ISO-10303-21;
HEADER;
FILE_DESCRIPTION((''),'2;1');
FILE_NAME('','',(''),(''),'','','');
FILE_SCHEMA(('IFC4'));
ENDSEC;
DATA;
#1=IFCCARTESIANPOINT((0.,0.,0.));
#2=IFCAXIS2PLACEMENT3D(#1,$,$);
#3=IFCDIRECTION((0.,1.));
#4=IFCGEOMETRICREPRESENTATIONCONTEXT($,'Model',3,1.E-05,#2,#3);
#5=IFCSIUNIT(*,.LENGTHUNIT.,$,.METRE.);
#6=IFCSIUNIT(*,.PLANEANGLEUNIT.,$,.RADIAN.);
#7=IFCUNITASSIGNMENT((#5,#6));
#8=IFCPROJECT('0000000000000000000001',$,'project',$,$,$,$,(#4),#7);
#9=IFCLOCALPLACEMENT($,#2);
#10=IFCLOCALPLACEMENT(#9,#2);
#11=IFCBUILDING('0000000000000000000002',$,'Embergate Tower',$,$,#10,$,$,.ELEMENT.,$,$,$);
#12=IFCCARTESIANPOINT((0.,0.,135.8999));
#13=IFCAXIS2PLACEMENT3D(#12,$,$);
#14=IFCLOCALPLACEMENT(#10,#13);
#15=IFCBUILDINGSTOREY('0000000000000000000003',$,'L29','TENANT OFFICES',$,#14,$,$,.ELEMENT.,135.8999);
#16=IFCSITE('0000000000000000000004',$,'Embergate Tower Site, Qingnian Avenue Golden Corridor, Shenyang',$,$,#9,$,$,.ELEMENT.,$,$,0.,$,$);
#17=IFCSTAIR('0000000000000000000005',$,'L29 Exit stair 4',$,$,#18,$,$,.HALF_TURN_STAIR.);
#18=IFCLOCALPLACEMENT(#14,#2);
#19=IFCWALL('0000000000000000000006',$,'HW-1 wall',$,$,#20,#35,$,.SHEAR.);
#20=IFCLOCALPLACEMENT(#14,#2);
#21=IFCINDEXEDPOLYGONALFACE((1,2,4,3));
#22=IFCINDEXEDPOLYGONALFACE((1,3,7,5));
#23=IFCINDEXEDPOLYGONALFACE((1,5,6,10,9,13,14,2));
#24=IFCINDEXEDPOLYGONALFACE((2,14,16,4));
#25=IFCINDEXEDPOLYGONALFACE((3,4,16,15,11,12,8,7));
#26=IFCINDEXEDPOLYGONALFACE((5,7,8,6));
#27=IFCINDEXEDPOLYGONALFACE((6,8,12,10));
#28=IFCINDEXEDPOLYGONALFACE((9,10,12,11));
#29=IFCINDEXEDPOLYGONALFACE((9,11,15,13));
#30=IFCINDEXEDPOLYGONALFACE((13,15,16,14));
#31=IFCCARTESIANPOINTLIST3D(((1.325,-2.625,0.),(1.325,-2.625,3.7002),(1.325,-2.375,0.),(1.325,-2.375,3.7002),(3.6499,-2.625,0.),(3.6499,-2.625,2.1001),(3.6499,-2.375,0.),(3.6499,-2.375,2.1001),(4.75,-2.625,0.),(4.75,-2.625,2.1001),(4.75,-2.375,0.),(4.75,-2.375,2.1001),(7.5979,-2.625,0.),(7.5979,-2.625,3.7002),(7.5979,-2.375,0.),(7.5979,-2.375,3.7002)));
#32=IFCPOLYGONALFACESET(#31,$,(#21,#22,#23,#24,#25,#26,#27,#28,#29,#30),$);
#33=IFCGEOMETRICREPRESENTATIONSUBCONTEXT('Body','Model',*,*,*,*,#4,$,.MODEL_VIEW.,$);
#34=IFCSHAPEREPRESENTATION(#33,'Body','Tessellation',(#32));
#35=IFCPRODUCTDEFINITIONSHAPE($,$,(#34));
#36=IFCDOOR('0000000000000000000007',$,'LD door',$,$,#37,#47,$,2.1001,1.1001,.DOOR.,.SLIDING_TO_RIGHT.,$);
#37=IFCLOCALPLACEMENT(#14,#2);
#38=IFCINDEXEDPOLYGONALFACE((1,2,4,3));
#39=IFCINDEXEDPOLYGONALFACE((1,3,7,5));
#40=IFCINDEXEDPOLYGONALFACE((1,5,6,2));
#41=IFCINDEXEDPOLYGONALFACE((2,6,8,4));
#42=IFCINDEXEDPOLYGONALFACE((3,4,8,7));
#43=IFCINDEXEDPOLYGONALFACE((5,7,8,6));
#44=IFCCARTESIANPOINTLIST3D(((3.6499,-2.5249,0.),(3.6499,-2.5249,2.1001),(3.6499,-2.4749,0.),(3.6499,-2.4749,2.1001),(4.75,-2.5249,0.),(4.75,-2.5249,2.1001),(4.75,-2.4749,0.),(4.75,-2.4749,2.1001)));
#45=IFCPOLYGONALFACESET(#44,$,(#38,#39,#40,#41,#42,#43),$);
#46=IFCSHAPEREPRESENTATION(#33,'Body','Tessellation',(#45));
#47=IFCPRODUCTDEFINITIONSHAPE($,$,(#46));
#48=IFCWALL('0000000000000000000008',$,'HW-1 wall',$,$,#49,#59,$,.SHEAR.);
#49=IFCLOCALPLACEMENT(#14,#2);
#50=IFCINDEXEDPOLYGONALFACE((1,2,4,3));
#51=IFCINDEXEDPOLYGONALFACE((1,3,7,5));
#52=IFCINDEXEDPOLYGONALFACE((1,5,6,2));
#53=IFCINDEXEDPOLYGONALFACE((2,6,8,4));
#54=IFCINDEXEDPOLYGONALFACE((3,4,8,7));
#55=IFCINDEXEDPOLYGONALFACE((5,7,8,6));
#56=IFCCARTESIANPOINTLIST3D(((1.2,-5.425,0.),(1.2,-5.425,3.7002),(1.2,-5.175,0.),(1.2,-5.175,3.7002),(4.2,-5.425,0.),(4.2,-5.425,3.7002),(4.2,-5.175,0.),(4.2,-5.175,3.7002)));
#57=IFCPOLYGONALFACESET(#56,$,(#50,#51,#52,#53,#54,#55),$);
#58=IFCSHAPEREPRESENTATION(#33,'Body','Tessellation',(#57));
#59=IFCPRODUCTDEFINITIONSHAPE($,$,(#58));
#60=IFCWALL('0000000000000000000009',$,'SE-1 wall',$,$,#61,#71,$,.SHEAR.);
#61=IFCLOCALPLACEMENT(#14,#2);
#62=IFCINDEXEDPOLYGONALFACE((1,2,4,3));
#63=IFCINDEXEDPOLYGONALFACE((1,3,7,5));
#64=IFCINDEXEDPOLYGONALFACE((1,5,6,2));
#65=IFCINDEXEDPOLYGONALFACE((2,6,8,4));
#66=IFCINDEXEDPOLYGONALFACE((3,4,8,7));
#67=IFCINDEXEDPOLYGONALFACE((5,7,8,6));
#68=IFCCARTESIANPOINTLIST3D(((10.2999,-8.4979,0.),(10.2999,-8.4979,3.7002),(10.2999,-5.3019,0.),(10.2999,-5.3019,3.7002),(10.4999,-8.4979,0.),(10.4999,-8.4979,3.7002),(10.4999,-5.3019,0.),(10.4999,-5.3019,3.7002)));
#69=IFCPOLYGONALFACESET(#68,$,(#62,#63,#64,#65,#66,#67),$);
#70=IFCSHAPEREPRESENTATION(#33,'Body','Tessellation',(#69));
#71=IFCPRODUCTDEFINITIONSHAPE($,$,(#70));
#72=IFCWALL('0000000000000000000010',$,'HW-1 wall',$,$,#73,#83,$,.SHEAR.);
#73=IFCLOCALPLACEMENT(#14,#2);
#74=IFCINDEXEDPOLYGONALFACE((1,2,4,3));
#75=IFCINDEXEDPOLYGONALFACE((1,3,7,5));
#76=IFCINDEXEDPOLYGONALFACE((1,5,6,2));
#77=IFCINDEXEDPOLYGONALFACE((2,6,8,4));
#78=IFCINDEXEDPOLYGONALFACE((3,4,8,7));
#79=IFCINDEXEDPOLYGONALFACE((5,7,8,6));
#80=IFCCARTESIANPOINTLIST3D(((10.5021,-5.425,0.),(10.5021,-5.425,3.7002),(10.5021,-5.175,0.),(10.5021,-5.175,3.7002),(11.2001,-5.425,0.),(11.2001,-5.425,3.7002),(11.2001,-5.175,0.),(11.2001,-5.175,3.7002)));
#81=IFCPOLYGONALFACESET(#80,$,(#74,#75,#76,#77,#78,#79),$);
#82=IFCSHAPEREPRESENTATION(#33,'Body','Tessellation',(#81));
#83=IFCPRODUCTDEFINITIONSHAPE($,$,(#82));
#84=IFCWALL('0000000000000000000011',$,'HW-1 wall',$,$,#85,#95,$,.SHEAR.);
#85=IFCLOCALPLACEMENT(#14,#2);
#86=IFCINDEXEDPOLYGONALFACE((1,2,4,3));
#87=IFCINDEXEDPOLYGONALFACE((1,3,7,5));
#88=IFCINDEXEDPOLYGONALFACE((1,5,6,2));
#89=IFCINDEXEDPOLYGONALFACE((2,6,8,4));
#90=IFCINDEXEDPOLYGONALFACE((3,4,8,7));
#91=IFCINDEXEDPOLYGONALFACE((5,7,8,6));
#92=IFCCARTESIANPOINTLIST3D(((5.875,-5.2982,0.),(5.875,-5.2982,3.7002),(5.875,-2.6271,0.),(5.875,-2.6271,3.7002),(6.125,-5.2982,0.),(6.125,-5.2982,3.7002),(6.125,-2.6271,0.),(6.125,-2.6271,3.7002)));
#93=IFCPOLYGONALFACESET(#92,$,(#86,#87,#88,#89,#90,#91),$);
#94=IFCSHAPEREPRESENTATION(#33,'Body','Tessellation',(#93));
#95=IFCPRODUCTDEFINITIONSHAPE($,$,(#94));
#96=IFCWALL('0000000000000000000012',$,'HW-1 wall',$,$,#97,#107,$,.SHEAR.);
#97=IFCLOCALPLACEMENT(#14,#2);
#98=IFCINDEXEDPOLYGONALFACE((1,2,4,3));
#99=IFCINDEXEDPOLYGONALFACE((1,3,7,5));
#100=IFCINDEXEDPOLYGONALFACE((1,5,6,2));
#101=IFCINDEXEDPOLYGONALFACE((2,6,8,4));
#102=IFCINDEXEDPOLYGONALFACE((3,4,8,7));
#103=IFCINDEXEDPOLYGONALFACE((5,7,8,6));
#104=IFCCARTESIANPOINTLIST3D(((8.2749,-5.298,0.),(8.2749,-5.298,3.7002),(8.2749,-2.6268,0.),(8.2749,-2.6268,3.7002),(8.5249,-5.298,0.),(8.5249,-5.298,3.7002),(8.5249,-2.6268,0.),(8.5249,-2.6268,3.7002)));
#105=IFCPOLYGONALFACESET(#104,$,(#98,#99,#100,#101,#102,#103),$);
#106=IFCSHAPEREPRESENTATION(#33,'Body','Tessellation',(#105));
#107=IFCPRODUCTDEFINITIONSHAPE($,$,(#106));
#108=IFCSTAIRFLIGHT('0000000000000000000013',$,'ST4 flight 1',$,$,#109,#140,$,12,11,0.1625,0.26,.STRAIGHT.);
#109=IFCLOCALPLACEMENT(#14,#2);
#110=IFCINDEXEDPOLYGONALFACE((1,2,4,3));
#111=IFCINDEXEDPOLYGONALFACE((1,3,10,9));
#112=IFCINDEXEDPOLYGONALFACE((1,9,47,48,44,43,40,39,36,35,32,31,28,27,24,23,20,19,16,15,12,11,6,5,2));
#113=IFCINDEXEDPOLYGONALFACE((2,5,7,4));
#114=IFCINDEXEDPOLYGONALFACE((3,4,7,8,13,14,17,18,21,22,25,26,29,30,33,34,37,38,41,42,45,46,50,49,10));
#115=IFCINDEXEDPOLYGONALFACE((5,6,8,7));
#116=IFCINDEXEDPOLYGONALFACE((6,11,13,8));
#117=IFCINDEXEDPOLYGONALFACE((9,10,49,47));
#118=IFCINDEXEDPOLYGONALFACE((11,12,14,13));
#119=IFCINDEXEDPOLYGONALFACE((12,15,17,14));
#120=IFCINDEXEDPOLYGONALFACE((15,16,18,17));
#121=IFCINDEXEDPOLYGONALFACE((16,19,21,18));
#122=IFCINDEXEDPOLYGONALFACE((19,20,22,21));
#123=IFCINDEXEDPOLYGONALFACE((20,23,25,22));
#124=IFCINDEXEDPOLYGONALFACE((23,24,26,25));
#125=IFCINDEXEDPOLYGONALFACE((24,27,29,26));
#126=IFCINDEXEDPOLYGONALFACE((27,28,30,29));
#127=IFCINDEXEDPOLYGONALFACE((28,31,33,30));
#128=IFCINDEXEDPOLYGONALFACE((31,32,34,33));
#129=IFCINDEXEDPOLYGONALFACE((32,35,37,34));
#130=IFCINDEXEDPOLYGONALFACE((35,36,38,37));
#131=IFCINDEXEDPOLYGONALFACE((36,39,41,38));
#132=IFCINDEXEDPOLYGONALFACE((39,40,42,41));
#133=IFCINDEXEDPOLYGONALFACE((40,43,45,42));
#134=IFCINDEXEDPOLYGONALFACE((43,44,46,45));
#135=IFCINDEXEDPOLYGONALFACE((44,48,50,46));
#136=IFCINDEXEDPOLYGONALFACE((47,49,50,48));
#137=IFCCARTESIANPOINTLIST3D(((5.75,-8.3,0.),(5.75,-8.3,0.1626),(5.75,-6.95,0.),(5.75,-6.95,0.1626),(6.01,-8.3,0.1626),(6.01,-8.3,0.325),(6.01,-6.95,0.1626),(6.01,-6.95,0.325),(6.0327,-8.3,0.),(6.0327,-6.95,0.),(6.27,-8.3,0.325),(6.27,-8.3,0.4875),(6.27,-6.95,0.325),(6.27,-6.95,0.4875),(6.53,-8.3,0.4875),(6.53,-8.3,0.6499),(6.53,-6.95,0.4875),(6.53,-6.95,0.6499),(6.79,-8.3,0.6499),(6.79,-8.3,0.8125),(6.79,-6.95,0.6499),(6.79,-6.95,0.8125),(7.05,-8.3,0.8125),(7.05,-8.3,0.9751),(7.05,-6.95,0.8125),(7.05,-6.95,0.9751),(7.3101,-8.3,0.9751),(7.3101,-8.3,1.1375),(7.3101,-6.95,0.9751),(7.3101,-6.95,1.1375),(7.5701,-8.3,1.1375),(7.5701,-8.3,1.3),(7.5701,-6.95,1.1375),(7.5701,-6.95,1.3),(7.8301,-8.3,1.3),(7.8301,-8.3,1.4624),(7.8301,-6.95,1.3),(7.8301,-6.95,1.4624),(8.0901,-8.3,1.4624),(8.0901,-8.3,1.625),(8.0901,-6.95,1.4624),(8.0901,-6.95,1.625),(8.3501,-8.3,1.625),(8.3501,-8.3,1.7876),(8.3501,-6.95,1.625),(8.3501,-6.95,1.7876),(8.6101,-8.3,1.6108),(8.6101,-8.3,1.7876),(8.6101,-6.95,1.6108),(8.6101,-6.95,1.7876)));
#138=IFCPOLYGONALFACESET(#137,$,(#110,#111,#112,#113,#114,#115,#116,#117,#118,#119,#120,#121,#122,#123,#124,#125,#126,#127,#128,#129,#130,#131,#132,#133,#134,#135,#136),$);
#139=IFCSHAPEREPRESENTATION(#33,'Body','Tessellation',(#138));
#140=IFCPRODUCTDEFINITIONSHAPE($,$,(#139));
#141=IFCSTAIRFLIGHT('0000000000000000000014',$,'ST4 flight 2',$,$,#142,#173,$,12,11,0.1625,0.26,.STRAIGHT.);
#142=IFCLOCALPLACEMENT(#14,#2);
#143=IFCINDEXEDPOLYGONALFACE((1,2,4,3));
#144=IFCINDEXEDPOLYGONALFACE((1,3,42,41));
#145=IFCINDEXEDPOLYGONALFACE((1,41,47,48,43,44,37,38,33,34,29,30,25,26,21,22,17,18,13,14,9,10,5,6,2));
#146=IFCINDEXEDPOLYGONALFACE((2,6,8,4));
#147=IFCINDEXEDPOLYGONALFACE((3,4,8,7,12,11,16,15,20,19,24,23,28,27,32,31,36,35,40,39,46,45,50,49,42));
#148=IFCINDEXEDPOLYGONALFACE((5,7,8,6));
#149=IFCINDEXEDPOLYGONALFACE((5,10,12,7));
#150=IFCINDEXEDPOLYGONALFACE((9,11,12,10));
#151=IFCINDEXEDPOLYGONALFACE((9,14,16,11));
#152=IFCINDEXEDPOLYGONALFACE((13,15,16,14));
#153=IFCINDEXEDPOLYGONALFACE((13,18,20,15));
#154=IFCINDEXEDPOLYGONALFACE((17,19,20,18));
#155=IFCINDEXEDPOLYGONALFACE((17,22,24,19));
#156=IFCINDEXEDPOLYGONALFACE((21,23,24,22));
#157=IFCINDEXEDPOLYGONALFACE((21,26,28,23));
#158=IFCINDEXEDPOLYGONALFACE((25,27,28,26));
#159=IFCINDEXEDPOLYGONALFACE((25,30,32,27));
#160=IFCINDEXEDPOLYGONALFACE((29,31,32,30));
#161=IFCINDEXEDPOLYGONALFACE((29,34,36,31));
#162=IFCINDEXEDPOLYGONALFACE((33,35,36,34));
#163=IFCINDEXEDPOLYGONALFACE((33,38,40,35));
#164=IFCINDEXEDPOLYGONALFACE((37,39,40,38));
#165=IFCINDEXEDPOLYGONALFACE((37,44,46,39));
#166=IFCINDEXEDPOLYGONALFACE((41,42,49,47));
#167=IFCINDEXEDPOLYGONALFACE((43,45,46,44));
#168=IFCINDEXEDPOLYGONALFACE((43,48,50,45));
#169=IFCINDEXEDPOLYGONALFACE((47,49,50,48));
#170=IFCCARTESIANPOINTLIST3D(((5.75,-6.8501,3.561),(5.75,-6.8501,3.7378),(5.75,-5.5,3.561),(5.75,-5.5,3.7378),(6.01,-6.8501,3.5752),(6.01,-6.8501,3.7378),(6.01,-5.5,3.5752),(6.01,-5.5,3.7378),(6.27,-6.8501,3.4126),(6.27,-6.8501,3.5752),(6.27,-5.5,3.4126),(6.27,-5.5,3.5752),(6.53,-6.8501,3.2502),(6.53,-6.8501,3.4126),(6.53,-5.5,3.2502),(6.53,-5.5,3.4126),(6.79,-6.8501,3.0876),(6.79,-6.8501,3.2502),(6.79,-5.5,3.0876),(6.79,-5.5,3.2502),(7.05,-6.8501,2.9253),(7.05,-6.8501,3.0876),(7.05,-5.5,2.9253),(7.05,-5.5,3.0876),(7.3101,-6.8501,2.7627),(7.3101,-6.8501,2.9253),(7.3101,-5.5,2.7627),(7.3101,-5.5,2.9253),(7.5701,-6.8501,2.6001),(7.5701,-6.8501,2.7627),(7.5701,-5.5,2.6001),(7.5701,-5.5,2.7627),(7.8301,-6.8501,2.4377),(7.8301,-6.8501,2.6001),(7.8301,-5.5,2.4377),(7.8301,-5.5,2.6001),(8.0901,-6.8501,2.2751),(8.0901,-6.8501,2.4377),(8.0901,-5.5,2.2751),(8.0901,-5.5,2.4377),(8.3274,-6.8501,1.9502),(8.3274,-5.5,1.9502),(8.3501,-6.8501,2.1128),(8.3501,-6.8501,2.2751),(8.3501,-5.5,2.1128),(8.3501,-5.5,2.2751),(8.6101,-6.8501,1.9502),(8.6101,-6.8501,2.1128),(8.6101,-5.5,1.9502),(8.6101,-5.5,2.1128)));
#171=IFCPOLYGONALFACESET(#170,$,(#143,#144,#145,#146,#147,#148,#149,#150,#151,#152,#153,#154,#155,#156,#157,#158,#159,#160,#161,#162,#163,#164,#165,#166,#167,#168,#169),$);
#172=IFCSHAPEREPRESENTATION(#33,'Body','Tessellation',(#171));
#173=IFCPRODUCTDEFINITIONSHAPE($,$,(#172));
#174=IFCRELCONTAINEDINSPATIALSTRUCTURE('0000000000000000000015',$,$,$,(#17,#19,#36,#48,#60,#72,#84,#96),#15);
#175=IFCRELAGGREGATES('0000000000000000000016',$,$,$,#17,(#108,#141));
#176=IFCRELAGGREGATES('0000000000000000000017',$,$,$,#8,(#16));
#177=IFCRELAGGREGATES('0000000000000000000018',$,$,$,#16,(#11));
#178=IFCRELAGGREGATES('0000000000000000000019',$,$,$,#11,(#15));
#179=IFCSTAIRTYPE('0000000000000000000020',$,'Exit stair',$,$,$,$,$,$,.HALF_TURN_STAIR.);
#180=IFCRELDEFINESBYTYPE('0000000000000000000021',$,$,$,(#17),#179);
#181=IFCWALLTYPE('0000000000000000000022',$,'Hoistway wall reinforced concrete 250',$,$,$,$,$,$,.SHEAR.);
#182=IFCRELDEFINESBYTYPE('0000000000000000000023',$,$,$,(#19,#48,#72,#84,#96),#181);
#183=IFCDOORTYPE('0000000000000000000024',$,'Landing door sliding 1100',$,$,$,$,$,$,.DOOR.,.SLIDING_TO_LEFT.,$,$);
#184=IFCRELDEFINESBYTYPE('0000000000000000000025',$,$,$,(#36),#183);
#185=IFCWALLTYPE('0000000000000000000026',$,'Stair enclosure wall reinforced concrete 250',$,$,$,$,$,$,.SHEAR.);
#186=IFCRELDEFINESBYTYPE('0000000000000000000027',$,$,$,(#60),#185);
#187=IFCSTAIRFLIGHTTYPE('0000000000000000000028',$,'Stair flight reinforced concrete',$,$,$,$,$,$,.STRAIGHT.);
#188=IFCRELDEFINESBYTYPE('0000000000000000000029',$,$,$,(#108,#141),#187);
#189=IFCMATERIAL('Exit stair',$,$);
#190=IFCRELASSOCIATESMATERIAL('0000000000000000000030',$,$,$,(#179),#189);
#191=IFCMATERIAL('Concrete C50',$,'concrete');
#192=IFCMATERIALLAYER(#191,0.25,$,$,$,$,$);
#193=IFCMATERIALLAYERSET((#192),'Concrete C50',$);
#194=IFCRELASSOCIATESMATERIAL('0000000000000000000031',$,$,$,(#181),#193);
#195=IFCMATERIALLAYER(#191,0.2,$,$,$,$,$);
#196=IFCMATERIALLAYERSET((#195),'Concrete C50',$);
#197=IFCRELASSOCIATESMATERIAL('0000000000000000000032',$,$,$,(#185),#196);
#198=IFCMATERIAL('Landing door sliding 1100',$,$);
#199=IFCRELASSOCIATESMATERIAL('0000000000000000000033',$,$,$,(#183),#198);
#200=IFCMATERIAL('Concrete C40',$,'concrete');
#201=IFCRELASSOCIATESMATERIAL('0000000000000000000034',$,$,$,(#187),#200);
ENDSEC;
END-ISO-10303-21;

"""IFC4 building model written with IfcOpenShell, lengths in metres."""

from ifc_helpers import new_model, si_unit, direction, frame, frame_2d, origin, place, context, subcontext, project, spatial, polyline, rectangle, outline, extrude, source, transform, mapped, material, layer, layer_set, type_object, element, fill, aggregate, save


model = new_model("IFC4")

# Units and contexts
model_context = context("Model", 3, precision=1e-05, world=origin(), true_north=direction((0.0, 1.0)))
body_context = subcontext(model_context, "Body", "Model", "MODEL_VIEW")
ifc_project = project(units=[si_unit("LENGTHUNIT", "METRE"), si_unit("PLANEANGLEUNIT", "RADIAN")], contexts=[model_context])

# Site, building, storey
site_placement = place(None, origin())
site = spatial("IfcSite", under=ifc_project, at=site_placement, Name="Embergate Tower Site, Qingnian Avenue Golden Corridor, Shenyang", CompositionType="ELEMENT", RefElevation=0.0)
building_placement = place(site_placement, origin())
building = spatial("IfcBuilding", under=site, at=building_placement, Name="Embergate Tower", CompositionType="ELEMENT")
storey_placement = place(building_placement, frame((0.0, 0.0, 135.8999)))
storey = spatial("IfcBuildingStorey", under=building, at=storey_placement, Name="L29", Description="TENANT OFFICES", CompositionType="ELEMENT", Elevation=135.8999)

# Stair
ifc_material_1 = material(Name="Exit stair")
stair_type = type_object("IfcStairType", Name="Exit stair", PredefinedType="HALF_TURN_STAIR", material=ifc_material_1)
stair_placement = place(storey_placement, origin())
stair = element("IfcStair", 1, at=stair_placement, inside=storey, type_object=stair_type, Name="L29 Exit stair 4", PredefinedType="HALF_TURN_STAIR")
ifc_material_2 = material(Name="Concrete C40", Category="concrete")

# Shared definitions
ifc_material_3 = material(Name="Concrete C50", Category="concrete")
ifc_layer_1 = layer(ifc_material_3, 0.25)
ifc_layer_set_1 = layer_set([ifc_layer_1], Name="Concrete C50")
wall_type_1 = type_object("IfcWallType", Name="Hoistway wall reinforced concrete 250", PredefinedType="SHEAR", material=ifc_layer_set_1)
ifc_layer_2 = layer(ifc_material_3, 0.2)
ifc_layer_set_2 = layer_set([ifc_layer_2], Name="Concrete C50")
wall_type_2 = type_object("IfcWallType", Name="Stair enclosure wall reinforced concrete 250", PredefinedType="SHEAR", material=ifc_layer_set_2)

# Wall, opening, door
shared_shape_1 = source(origin(), body_context, "Body", "SweptSolid", [
    extrude(rectangle(XDim=1.1001, YDim=2.1001, at=frame_2d((0.55, 1.05))), frame((0.0, 0.135, 0.0), z_axis=(0.0, -1.0, 0.0), x_axis=(1.0, 0.0, 0.0)), (0.0, 0.0, 1.0), 0.27),
])
ifc_material_4 = material(Name="Landing door sliding 1100")
door_type_1 = type_object("IfcDoorType", Name="Landing door sliding 1100", OperationType="SLIDING_TO_LEFT", PredefinedType="DOOR", material=ifc_material_4)
shared_shape_2 = source(origin(), body_context, "Body", "SweptSolid", [
    extrude(rectangle(XDim=1.1001, YDim=2.1001, at=frame_2d((0.55, 1.05))), frame((0.0, 0.0249, 0.0), z_axis=(0.0, -1.0, 0.0), x_axis=(1.0, 0.0, 0.0)), (0.0, 0.0, 1.0), 0.05),
])
shared_shape_3 = source(origin(), body_context, "Body", "SweptSolid", [
    extrude(rectangle(XDim=6.2729, YDim=0.25, at=frame_2d((3.1365, 0.0))), origin(), (0.0, 0.0, 1.0), 3.7002),
])
wall_1_placement = place(storey_placement, frame((7.5979, -2.5, 0.0), z_axis=(0.0, 0.0, 1.0), x_axis=(-1.0, 0.0, 0.0)))
wall_1 = element("IfcWall", 2, at=wall_1_placement, inside=storey, type_object=wall_type_1, Name="HW-1 wall", PredefinedType="SHEAR", context=body_context, shape_type="MappedRepresentation", body=[
    mapped(shared_shape_3, transform((0.0, 0.0, 0.0))),
])
opening_1_placement = place(wall_1_placement, frame((2.8479, 0.0, 0.0)))
opening_1 = element("IfcOpeningElement", 3, at=opening_1_placement, cuts=wall_1, PredefinedType="OPENING", context=body_context, shape_type="MappedRepresentation", body=[
    mapped(shared_shape_1, transform((0.0, 0.0, 0.0))),
])
door_1_placement = place(opening_1_placement, origin())
door_1 = element("IfcDoor", 4, at=door_1_placement, inside=storey, type_object=door_type_1, Name="LD door", OperationType="SLIDING_TO_RIGHT", OverallHeight=2.1001, OverallWidth=1.1001, PredefinedType="DOOR", context=body_context, shape_type="MappedRepresentation", body=[
    mapped(shared_shape_2, transform((0.0, 0.0, 0.0))),
])
fill(opening_1, door_1)

# Walls
shared_shape_4 = source(origin(), body_context, "Body", "SweptSolid", [
    extrude(rectangle(XDim=3.0, YDim=0.25, at=frame_2d((1.5, 0.0))), origin(), (0.0, 0.0, 1.0), 3.7002),
])
wall_2_placement = place(storey_placement, frame((1.2, -5.3, 0.0), z_axis=(0.0, 0.0, 1.0), x_axis=(1.0, 0.0, 0.0)))
element("IfcWall", 5, at=wall_2_placement, inside=storey, type_object=wall_type_1, Name="HW-1 wall", PredefinedType="SHEAR", context=body_context, shape_type="MappedRepresentation", body=[
    mapped(shared_shape_4, transform((0.0, 0.0, 0.0))),
])
shared_shape_5 = source(origin(), body_context, "Body", "SweptSolid", [
    extrude(rectangle(XDim=3.196, YDim=0.2, at=frame_2d((1.5981, 0.0))), origin(), (0.0, 0.0, 1.0), 3.7002),
])
wall_3_placement = place(storey_placement, frame((10.3999, -8.498, 0.0), z_axis=(0.0, 0.0, 1.0), x_axis=(0.0, 1.0, 0.0)))
element("IfcWall", 6, at=wall_3_placement, inside=storey, type_object=wall_type_2, Name="SE-1 wall", PredefinedType="SHEAR", context=body_context, shape_type="MappedRepresentation", body=[
    mapped(shared_shape_5, transform((0.0, 0.0, 0.0))),
])
shared_shape_6 = source(origin(), body_context, "Body", "SweptSolid", [
    extrude(rectangle(XDim=0.698, YDim=0.25, at=frame_2d((0.3491, 0.0))), origin(), (0.0, 0.0, 1.0), 3.7002),
])
wall_4_placement = place(storey_placement, frame((10.502, -5.3, 0.0), z_axis=(0.0, 0.0, 1.0), x_axis=(1.0, 0.0, 0.0)))
element("IfcWall", 7, at=wall_4_placement, inside=storey, type_object=wall_type_1, Name="HW-1 wall", PredefinedType="SHEAR", context=body_context, shape_type="MappedRepresentation", body=[
    mapped(shared_shape_6, transform((0.0, 0.0, 0.0))),
])
shared_shape_7 = source(origin(), body_context, "Body", "SweptSolid", [
    extrude(rectangle(XDim=2.6711, YDim=0.25, at=frame_2d((1.3354, 0.0))), origin(), (0.0, 0.0, 1.0), 3.7002),
])
for number, where, z_axis, x_axis, name in (
    (8, (6.0, -5.2981, 0.0), (0.0, 0.0, 1.0), (0.0, 1.0, 0.0), "HW-1 wall"),
    (9, (8.3999, -2.627, 0.0), (0.0, 0.0, 1.0), (0.0, -1.0, 0.0), "HW-1 wall"),
):
    element("IfcWall", number, at=place(storey_placement, frame(where, z_axis=z_axis, x_axis=x_axis)), inside=storey, type_object=wall_type_1, Name=name, PredefinedType="SHEAR", context=body_context, shape_type="MappedRepresentation", body=[
        mapped(shared_shape_7, transform((0.0, 0.0, 0.0))),
    ])

# Stair flights
stair_flight_type = type_object("IfcStairFlightType", Name="Stair flight reinforced concrete", PredefinedType="STRAIGHT", material=ifc_material_2)
shared_shape_8 = source(origin(), body_context, "Body", "SweptSolid", [
    extrude(outline(polyline([(0.0, 0.0), (0.0, 0.1626), (0.26, 0.1626), (0.26, 0.325), (0.52, 0.325), (0.52, 0.4875), (0.78, 0.4875), (0.78, 0.6499), (1.04, 0.6499), (1.04, 0.8125), (1.3, 0.8125), (1.3, 0.9751), (1.5601, 0.9751), (1.5601, 1.1375), (1.8201, 1.1375), (1.8201, 1.3), (2.0801, 1.3), (2.0801, 1.4624), (2.3401, 1.4624), (2.3401, 1.625), (2.6001, 1.625), (2.6001, 1.7876), (2.8601, 1.7876), (2.8601, 1.95), (2.8601, 1.6108), (0.2827, 0.0), (0.0, 0.0)])), frame((0.0, 0.675, 0.0), z_axis=(0.0, -1.0, 0.0), x_axis=(1.0, 0.0, 0.0)), (0.0, 0.0, 1.0), 1.3501),
])
stair_flight_1_placement = place(storey_placement, frame((5.75, -7.625, 0.0), z_axis=(0.0, 0.0, 1.0), x_axis=(1.0, 0.0, 0.0)))
stair_flight_1 = element("IfcStairFlight", 10, at=stair_flight_1_placement, type_object=stair_flight_type, Name="ST4 flight 1", NumberOfRisers=12, NumberOfTreads=11, PredefinedType="STRAIGHT", RiserHeight=0.1625, TreadLength=0.26, context=body_context, shape_type="MappedRepresentation", body=[
    mapped(shared_shape_8, transform((0.0, 0.0, 0.0))),
])
stair_flight_2_placement = place(storey_placement, frame((8.6101, -6.175, 1.9502), z_axis=(0.0, 0.0, 1.0), x_axis=(-1.0, 0.0, 0.0)))
stair_flight_2 = element("IfcStairFlight", 11, at=stair_flight_2_placement, type_object=stair_flight_type, Name="ST4 flight 2", NumberOfRisers=12, NumberOfTreads=11, PredefinedType="STRAIGHT", RiserHeight=0.1625, TreadLength=0.26, context=body_context, shape_type="MappedRepresentation", body=[
    mapped(shared_shape_8, transform((0.0, 0.0, 0.0))),
])
aggregate(stair, [stair_flight_1, stair_flight_2])

save(model, "model.ifc")
